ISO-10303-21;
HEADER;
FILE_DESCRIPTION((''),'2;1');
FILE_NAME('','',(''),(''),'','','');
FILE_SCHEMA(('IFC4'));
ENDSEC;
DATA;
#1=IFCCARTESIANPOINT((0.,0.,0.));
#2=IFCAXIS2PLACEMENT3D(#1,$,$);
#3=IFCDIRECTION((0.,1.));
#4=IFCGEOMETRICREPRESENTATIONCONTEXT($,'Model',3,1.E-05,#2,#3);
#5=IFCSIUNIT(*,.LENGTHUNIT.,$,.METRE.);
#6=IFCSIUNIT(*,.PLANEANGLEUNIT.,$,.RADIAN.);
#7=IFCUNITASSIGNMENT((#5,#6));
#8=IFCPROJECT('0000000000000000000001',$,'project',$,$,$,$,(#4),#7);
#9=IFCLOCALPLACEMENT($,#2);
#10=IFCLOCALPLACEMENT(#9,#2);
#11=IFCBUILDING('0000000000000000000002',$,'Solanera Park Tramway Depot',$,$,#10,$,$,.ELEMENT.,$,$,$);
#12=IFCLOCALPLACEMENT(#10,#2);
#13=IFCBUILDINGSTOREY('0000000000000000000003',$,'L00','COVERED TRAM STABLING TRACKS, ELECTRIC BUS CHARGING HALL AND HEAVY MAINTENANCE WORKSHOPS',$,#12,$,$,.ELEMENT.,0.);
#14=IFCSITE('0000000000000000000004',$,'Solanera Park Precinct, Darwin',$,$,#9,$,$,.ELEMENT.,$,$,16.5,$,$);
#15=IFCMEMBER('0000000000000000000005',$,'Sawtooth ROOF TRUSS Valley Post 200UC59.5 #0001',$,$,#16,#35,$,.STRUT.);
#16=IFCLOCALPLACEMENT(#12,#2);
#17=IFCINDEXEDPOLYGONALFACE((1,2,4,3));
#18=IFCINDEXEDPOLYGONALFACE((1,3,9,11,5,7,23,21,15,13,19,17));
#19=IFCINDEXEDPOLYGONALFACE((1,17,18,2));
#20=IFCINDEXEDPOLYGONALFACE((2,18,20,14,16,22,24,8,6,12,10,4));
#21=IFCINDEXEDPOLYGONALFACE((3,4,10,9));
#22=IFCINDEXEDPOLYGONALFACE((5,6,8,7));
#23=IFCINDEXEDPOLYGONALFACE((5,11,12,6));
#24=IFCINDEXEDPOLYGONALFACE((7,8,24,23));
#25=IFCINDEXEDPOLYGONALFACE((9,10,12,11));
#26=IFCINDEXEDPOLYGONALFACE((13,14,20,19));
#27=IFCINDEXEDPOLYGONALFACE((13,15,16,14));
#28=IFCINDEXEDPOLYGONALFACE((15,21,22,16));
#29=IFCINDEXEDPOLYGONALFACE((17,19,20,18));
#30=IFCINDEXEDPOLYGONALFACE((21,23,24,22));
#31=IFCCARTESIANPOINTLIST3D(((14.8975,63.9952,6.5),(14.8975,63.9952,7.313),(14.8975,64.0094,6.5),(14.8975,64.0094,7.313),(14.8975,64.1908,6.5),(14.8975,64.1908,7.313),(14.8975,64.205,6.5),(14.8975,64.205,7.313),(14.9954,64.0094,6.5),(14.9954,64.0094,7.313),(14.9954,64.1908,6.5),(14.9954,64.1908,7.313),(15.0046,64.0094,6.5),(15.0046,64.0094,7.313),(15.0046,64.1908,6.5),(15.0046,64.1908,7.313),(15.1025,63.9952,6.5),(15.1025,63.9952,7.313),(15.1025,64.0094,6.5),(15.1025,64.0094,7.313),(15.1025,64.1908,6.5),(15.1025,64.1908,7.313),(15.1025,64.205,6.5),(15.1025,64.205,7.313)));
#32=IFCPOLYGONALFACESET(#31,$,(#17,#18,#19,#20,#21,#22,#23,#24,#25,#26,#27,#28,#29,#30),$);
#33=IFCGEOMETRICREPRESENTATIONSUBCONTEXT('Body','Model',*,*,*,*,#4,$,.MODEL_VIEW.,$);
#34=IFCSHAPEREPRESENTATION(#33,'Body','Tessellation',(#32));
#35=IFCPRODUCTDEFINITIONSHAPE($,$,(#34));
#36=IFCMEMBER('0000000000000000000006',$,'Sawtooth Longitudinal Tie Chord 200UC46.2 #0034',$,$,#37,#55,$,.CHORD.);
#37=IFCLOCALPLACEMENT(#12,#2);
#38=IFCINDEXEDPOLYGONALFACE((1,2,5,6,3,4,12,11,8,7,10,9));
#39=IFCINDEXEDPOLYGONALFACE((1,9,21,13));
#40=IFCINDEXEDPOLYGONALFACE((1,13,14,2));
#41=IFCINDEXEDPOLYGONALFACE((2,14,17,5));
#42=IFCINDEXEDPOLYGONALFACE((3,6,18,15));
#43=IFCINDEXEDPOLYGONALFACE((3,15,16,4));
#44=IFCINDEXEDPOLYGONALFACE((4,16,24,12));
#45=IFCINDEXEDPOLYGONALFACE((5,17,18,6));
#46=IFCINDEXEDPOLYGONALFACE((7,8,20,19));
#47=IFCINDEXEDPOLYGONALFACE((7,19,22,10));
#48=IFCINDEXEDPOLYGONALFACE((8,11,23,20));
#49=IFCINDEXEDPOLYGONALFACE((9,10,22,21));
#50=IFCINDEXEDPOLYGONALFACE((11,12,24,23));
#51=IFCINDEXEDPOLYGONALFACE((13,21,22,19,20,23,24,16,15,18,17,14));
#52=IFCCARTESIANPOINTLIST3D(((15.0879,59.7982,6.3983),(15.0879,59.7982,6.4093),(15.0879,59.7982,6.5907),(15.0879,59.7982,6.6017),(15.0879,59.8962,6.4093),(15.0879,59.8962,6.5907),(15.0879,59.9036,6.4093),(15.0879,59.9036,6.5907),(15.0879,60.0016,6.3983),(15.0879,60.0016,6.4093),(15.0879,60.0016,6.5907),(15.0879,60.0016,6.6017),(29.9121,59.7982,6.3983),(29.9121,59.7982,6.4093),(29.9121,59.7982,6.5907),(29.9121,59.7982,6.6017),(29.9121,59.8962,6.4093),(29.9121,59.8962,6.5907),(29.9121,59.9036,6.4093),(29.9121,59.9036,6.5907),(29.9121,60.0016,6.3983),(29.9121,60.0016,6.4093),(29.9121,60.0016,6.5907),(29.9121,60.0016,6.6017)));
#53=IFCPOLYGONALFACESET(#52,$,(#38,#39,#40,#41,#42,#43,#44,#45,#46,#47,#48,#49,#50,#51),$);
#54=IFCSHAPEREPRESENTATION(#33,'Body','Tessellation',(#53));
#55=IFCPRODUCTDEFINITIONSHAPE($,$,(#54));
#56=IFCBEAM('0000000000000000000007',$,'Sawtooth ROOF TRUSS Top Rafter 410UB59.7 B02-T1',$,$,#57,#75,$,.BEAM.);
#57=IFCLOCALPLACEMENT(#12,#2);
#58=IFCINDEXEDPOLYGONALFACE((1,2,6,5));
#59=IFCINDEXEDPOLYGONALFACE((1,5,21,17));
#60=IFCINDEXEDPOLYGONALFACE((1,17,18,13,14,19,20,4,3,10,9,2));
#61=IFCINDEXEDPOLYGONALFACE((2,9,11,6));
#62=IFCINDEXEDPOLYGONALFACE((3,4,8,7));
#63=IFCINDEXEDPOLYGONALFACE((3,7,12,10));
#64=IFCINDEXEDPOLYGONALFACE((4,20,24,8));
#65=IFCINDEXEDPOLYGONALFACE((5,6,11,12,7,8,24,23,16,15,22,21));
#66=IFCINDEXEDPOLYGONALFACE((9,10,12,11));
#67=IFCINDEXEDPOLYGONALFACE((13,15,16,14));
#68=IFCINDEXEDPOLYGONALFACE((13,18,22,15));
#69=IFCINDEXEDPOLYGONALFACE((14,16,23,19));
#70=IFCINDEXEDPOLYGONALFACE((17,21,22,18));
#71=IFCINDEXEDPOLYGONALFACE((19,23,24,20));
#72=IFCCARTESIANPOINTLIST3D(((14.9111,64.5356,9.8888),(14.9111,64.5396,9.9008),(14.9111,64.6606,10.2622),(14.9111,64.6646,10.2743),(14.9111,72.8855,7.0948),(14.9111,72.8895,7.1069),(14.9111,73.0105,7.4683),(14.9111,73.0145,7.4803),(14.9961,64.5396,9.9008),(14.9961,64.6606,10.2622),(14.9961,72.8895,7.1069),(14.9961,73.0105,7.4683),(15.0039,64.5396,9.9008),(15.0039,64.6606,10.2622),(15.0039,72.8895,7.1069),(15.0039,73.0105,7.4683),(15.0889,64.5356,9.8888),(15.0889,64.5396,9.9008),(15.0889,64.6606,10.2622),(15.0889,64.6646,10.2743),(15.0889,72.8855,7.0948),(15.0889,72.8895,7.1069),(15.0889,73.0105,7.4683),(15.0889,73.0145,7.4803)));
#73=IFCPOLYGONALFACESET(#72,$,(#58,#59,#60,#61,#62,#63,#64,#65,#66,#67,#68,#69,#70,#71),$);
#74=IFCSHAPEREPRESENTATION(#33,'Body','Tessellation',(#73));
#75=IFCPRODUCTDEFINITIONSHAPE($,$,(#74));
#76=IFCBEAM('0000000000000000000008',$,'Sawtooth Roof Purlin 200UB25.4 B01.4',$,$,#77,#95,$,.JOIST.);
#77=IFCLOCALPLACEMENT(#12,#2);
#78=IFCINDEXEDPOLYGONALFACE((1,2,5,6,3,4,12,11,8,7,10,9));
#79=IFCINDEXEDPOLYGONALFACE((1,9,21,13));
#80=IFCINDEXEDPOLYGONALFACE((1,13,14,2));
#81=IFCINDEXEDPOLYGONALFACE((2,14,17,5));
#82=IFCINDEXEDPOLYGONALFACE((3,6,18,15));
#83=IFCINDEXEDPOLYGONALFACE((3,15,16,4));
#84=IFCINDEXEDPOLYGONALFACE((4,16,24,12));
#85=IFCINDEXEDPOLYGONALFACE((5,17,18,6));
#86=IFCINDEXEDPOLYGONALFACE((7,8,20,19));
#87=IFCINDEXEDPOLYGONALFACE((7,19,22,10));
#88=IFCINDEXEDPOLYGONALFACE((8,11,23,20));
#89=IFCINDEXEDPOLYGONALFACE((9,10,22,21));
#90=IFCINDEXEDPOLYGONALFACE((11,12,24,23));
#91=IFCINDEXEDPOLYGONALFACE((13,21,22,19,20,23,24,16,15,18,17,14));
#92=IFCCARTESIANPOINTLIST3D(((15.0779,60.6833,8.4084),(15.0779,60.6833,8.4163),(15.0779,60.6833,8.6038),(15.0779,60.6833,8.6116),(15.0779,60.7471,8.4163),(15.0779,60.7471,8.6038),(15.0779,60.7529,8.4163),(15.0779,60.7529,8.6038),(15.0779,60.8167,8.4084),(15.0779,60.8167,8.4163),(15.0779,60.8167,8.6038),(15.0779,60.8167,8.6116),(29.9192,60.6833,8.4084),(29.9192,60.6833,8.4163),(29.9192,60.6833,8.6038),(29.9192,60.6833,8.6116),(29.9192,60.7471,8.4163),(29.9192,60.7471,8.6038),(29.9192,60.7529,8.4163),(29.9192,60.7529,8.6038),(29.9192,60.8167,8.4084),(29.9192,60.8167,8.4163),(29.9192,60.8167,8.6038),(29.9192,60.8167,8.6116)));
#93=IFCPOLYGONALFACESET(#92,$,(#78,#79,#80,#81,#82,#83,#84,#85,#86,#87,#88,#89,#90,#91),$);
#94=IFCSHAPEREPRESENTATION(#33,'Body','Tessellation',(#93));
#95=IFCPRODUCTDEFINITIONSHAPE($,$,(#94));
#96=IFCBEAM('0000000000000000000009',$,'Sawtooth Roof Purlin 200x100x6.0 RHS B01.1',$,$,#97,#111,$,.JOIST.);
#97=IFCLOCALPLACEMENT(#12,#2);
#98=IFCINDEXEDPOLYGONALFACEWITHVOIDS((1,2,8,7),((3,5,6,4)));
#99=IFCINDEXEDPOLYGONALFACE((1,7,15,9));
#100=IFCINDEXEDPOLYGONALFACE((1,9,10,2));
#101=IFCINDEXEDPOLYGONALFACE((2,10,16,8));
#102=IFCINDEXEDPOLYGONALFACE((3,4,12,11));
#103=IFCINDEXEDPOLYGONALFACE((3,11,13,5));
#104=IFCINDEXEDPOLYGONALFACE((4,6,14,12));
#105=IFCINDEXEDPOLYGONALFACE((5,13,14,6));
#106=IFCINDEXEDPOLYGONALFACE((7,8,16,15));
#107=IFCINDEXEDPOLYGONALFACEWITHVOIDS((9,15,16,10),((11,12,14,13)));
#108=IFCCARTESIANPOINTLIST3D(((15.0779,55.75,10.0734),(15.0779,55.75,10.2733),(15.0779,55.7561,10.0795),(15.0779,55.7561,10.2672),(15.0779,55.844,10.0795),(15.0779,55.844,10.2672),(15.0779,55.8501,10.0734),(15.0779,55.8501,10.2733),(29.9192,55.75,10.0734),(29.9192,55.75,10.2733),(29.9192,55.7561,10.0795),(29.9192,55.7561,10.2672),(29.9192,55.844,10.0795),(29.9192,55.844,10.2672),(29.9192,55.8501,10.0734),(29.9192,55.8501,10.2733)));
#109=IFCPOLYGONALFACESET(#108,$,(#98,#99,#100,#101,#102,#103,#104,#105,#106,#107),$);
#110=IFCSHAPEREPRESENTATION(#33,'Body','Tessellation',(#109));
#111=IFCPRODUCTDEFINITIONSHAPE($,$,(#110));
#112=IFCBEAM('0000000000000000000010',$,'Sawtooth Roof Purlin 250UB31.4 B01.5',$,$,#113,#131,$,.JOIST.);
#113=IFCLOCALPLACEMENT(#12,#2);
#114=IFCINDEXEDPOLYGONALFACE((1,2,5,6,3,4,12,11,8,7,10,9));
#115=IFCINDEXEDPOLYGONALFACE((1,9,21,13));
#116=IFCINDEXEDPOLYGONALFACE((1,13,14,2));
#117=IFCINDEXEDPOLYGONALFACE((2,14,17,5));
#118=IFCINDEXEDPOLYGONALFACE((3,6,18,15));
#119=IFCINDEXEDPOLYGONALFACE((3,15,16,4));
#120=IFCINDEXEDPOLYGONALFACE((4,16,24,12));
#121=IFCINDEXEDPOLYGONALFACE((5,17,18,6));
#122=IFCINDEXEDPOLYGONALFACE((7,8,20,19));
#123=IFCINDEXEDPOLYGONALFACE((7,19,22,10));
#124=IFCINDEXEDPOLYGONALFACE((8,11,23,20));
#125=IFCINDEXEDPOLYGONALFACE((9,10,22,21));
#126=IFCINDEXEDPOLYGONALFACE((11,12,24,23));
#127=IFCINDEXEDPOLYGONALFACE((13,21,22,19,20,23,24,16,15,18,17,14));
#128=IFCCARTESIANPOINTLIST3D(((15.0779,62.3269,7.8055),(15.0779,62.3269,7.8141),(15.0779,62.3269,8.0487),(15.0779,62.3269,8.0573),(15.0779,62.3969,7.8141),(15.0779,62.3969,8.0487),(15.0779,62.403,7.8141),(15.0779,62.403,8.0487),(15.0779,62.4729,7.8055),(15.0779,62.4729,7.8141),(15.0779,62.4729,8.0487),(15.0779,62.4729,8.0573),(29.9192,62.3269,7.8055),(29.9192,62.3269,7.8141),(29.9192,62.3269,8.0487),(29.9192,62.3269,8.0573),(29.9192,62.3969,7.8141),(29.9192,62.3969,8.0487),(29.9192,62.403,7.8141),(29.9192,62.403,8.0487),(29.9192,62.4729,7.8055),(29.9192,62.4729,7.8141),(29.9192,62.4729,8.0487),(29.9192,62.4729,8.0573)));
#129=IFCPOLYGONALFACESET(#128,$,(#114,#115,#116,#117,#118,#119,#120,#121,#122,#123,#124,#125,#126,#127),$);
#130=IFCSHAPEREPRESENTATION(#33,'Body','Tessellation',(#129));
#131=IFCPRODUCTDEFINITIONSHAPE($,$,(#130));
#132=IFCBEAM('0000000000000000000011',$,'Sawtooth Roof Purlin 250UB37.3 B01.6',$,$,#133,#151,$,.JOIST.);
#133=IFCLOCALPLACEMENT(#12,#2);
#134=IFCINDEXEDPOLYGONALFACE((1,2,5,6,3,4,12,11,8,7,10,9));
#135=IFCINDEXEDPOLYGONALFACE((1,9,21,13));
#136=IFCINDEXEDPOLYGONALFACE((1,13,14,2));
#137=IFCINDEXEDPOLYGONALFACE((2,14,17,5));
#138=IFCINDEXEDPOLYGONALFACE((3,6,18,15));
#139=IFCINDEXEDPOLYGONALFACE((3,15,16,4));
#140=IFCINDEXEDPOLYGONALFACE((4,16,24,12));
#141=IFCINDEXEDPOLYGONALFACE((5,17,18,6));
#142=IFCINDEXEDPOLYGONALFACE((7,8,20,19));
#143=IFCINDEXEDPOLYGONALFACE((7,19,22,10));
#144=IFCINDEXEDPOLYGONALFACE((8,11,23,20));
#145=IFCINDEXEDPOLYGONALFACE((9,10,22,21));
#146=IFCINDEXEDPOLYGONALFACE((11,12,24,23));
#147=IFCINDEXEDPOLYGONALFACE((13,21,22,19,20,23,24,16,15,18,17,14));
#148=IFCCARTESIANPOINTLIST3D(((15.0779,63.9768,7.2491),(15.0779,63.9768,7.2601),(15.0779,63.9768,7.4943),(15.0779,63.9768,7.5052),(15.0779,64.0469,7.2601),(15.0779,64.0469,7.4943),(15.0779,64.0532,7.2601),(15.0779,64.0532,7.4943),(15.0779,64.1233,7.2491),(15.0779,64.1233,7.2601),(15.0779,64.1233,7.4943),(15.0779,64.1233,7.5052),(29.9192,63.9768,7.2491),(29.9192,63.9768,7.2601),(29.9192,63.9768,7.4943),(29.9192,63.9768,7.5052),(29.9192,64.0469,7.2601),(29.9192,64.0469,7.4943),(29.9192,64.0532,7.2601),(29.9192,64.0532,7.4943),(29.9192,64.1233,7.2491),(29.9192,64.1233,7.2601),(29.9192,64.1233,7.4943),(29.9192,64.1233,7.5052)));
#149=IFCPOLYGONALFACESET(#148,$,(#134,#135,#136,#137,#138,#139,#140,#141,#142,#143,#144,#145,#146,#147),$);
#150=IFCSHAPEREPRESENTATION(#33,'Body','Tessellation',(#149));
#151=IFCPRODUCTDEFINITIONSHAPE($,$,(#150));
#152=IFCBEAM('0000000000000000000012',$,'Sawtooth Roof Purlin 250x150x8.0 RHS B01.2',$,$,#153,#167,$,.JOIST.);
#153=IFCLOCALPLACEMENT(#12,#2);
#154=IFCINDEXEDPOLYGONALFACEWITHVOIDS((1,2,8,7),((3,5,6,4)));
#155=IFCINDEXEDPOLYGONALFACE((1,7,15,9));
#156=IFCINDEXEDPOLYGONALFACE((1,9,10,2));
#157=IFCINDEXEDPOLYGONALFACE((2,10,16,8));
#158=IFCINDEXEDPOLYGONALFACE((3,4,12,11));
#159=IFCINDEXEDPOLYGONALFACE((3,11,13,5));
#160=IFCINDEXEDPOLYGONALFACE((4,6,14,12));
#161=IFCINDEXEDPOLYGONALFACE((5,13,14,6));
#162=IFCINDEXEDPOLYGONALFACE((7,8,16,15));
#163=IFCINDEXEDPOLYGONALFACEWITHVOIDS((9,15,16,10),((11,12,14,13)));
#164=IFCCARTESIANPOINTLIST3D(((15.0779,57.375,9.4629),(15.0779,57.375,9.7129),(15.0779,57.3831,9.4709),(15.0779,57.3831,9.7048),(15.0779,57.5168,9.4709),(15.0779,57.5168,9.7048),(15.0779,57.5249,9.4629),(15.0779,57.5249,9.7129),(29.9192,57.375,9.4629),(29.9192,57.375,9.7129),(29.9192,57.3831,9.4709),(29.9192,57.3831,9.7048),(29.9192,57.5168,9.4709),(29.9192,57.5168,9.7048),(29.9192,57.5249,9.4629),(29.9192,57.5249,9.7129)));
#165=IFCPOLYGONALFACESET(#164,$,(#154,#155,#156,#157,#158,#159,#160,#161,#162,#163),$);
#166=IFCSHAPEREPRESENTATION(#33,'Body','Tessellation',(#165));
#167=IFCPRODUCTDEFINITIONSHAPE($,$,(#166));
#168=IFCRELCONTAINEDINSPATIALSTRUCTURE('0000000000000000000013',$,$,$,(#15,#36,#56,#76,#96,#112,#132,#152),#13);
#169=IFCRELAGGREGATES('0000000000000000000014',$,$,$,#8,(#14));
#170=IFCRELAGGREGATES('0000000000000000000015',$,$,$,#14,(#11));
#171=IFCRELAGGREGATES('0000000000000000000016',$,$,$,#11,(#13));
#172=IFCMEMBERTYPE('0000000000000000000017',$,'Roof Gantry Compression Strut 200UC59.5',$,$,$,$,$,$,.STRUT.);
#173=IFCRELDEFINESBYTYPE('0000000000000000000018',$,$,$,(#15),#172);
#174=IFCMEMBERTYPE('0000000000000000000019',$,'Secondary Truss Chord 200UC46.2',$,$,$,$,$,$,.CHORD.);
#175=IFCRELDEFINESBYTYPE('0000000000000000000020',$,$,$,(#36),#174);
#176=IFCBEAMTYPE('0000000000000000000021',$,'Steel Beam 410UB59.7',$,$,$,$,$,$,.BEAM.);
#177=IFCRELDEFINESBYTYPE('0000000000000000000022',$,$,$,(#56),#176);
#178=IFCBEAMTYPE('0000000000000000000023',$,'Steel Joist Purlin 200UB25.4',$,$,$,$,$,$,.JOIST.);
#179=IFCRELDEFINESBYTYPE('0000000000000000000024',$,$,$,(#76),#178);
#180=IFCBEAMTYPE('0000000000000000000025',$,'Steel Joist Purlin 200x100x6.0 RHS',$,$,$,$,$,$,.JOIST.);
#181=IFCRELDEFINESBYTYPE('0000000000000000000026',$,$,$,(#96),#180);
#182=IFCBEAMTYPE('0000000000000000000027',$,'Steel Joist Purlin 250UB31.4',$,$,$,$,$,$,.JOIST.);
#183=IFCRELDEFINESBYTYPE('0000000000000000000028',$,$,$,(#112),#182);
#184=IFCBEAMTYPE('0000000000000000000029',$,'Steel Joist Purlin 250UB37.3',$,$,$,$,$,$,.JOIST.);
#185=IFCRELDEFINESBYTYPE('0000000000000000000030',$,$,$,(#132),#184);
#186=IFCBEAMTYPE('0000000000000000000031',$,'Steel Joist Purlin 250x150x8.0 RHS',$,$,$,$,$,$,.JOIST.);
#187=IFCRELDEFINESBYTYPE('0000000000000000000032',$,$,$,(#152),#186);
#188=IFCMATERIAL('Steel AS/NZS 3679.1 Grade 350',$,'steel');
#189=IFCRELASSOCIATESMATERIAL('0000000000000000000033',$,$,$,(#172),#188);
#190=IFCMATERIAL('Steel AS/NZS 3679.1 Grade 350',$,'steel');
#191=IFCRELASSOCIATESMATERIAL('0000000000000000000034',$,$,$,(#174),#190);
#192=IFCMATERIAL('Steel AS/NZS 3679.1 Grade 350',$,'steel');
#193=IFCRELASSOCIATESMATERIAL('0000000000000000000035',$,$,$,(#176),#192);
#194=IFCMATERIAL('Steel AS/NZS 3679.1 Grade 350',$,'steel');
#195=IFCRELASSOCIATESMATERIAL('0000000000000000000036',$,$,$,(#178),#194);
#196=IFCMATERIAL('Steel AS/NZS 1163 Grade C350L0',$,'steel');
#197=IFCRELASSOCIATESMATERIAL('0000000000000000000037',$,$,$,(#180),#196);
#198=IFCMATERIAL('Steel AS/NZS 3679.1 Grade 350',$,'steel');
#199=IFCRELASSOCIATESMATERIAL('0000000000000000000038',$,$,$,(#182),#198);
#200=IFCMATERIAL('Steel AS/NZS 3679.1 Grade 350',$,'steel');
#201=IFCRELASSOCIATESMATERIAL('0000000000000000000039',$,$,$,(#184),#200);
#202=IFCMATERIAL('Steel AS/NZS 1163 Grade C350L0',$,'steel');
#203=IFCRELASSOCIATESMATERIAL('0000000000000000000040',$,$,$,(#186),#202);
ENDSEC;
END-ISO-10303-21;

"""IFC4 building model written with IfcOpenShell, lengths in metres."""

from ifc_helpers import new_model, si_unit, direction, frame, origin, origin_2d, place, context, subcontext, project, spatial, hollow_rectangle, i_section, extrude, material, material_profile, profile_set, type_object, element, save


model = new_model("IFC4")

# Units and contexts
model_context = context("Model", 3, precision=1e-05, world=origin(), true_north=direction((0.0, 1.0)))
body_context = subcontext(model_context, "Body", "Model", "MODEL_VIEW")
ifc_project = project(units=[si_unit("LENGTHUNIT", "METRE"), si_unit("PLANEANGLEUNIT", "RADIAN")], contexts=[model_context])

# Site, building, storey
site_placement = place(None, origin())
site = spatial("IfcSite", under=ifc_project, at=site_placement, Name="Solanera Park Precinct, Darwin", CompositionType="ELEMENT", RefElevation=16.5)
building_placement = place(site_placement, origin())
building = spatial("IfcBuilding", under=site, at=building_placement, Name="Solanera Park Tramway Depot", CompositionType="ELEMENT")
storey_placement = place(building_placement, origin())
storey = spatial("IfcBuildingStorey", under=building, at=storey_placement, Name="L00", Description="COVERED TRAM STABLING TRACKS, ELECTRIC BUS CHARGING HALL AND HEAVY MAINTENANCE WORKSHOPS", CompositionType="ELEMENT", Elevation=0.0)

# Members
ifc_material_1 = material(Name="Steel AS/NZS 3679.1 Grade 350", Category="steel")
ifc_material_profile_1 = material_profile(ifc_material_1, i_section(OverallWidth=0.2051, OverallDepth=0.2097, WebThickness=0.0093, FlangeThickness=0.0142, at=origin_2d()), Name="200UC59.5")
ifc_profile_set_1 = profile_set([ifc_material_profile_1], Name="Steel AS/NZS 3679.1 Grade 350")
member_type_1 = type_object("IfcMemberType", Name="Roof Gantry Compression Strut 200UC59.5", PredefinedType="STRUT", material=ifc_profile_set_1)
member_1_placement = place(storey_placement, frame((15.0, 64.1001, 6.5), z_axis=(0.0, 0.0, 1.0), x_axis=(1.0, 0.0, 0.0)))
element("IfcMember", 1, at=member_1_placement, inside=storey, type_object=member_type_1, Name="Sawtooth ROOF TRUSS Valley Post 200UC59.5 #0001", PredefinedType="STRUT", context=body_context, shape_type="SweptSolid", body=[
    extrude(i_section(OverallWidth=0.2051, OverallDepth=0.2097, WebThickness=0.0093, FlangeThickness=0.0142, at=origin_2d()), origin(), (0.0, 0.0, 1.0), 0.813),
])
ifc_material_2 = material(Name="Steel AS/NZS 3679.1 Grade 350", Category="steel")
ifc_material_profile_2 = material_profile(ifc_material_2, i_section(OverallWidth=0.2034, OverallDepth=0.2034, WebThickness=0.0073, FlangeThickness=0.011, at=origin_2d()), Name="200UC46.2")
ifc_profile_set_2 = profile_set([ifc_material_profile_2], Name="Steel AS/NZS 3679.1 Grade 350")
member_type_2 = type_object("IfcMemberType", Name="Secondary Truss Chord 200UC46.2", PredefinedType="CHORD", material=ifc_profile_set_2)
member_2_placement = place(storey_placement, frame((15.0879, 59.8999, 6.5), z_axis=(1.0, 0.0, 0.0), x_axis=(0.0, 1.0, 0.0)))
element("IfcMember", 2, at=member_2_placement, inside=storey, type_object=member_type_2, Name="Sawtooth Longitudinal Tie Chord 200UC46.2 #0034", PredefinedType="CHORD", context=body_context, shape_type="SweptSolid", body=[
    extrude(i_section(OverallWidth=0.2034, OverallDepth=0.2034, WebThickness=0.0073, FlangeThickness=0.011, at=origin_2d()), origin(), (0.0, 0.0, 1.0), 14.8242),
])

# Beams
ifc_material_3 = material(Name="Steel AS/NZS 3679.1 Grade 350", Category="steel")
ifc_material_profile_3 = material_profile(ifc_material_3, i_section(OverallWidth=0.1777, OverallDepth=0.4065, WebThickness=0.0078, FlangeThickness=0.0127, at=origin_2d()), Name="410UB59.7")
ifc_profile_set_3 = profile_set([ifc_material_profile_3], Name="Steel AS/NZS 3679.1 Grade 350")
beam_type_1 = type_object("IfcBeamType", Name="Steel Beam 410UB59.7", PredefinedType="BEAM", material=ifc_profile_set_3)
beam_1_placement = place(storey_placement, frame((15.0, 64.6001, 10.0815), z_axis=(0.0, 0.948319, -0.317317), x_axis=(-1.0, 0.0, 0.0)))
element("IfcBeam", 3, at=beam_1_placement, inside=storey, type_object=beam_type_1, Name="Sawtooth ROOF TRUSS Top Rafter 410UB59.7 B02-T1", PredefinedType="BEAM", context=body_context, shape_type="SweptSolid", body=[
    extrude(i_section(OverallWidth=0.1777, OverallDepth=0.4065, WebThickness=0.0078, FlangeThickness=0.0127, at=origin_2d()), origin(), (0.0, 0.0, 1.0), 8.8049),
])
ifc_material_4 = material(Name="Steel AS/NZS 3679.1 Grade 350", Category="steel")
ifc_material_profile_4 = material_profile(ifc_material_4, i_section(OverallWidth=0.1333, OverallDepth=0.2031, WebThickness=0.0059, FlangeThickness=0.0078, at=origin_2d()), Name="200UB25.4")
ifc_profile_set_4 = profile_set([ifc_material_profile_4], Name="Steel AS/NZS 3679.1 Grade 350")
beam_type_2 = type_object("IfcBeamType", Name="Steel Joist Purlin 200UB25.4", PredefinedType="JOIST", material=ifc_profile_set_4)
beam_2_placement = place(storey_placement, frame((15.0779, 60.75, 8.51), z_axis=(1.0, 0.0, 0.0), x_axis=(0.0, 1.0, 0.0)))
element("IfcBeam", 4, at=beam_2_placement, inside=storey, type_object=beam_type_2, Name="Sawtooth Roof Purlin 200UB25.4 B01.4", PredefinedType="JOIST", context=body_context, shape_type="SweptSolid", body=[
    extrude(i_section(OverallWidth=0.1333, OverallDepth=0.2031, WebThickness=0.0059, FlangeThickness=0.0078, at=origin_2d()), origin(), (0.0, 0.0, 1.0), 14.8413),
])
ifc_material_5 = material(Name="Steel AS/NZS 1163 Grade C350L0", Category="steel")
ifc_material_profile_5 = material_profile(ifc_material_5, hollow_rectangle(XDim=0.1001, YDim=0.2, WallThickness=0.0061, at=origin_2d()), Name="200x100x6.0 RHS")
ifc_profile_set_5 = profile_set([ifc_material_profile_5], Name="Steel AS/NZS 1163 Grade C350L0")
beam_type_3 = type_object("IfcBeamType", Name="Steel Joist Purlin 200x100x6.0 RHS", PredefinedType="JOIST", material=ifc_profile_set_5)
beam_3_placement = place(storey_placement, frame((15.0779, 55.8, 10.1733), z_axis=(1.0, 0.0, 0.0), x_axis=(0.0, 1.0, 0.0)))
element("IfcBeam", 5, at=beam_3_placement, inside=storey, type_object=beam_type_3, Name="Sawtooth Roof Purlin 200x100x6.0 RHS B01.1", PredefinedType="JOIST", context=body_context, shape_type="SweptSolid", body=[
    extrude(hollow_rectangle(XDim=0.1001, YDim=0.2, WallThickness=0.0061, at=origin_2d()), origin(), (0.0, 0.0, 1.0), 14.8413),
])
ifc_material_6 = material(Name="Steel AS/NZS 3679.1 Grade 350", Category="steel")
ifc_material_profile_6 = material_profile(ifc_material_6, i_section(OverallWidth=0.146, OverallDepth=0.2517, WebThickness=0.0061, FlangeThickness=0.0085, at=origin_2d()), Name="250UB31.4")
ifc_profile_set_6 = profile_set([ifc_material_profile_6], Name="Steel AS/NZS 3679.1 Grade 350")
beam_type_4 = type_object("IfcBeamType", Name="Steel Joist Purlin 250UB31.4", PredefinedType="JOIST", material=ifc_profile_set_6)
beam_4_placement = place(storey_placement, frame((15.0779, 62.3999, 7.9314), z_axis=(1.0, 0.0, 0.0), x_axis=(0.0, 1.0, 0.0)))
element("IfcBeam", 6, at=beam_4_placement, inside=storey, type_object=beam_type_4, Name="Sawtooth Roof Purlin 250UB31.4 B01.5", PredefinedType="JOIST", context=body_context, shape_type="SweptSolid", body=[
    extrude(i_section(OverallWidth=0.146, OverallDepth=0.2517, WebThickness=0.0061, FlangeThickness=0.0085, at=origin_2d()), origin(), (0.0, 0.0, 1.0), 14.8413),
])
ifc_material_7 = material(Name="Steel AS/NZS 3679.1 Grade 350", Category="steel")
ifc_material_profile_7 = material_profile(ifc_material_7, i_section(OverallWidth=0.1465, OverallDepth=0.2561, WebThickness=0.0063, FlangeThickness=0.011, at=origin_2d()), Name="250UB37.3")
ifc_profile_set_7 = profile_set([ifc_material_profile_7], Name="Steel AS/NZS 3679.1 Grade 350")
beam_type_5 = type_object("IfcBeamType", Name="Steel Joist Purlin 250UB37.3", PredefinedType="JOIST", material=ifc_profile_set_7)
beam_5_placement = place(storey_placement, frame((15.0779, 64.05, 7.3772), z_axis=(1.0, 0.0, 0.0), x_axis=(0.0, 1.0, 0.0)))
element("IfcBeam", 7, at=beam_5_placement, inside=storey, type_object=beam_type_5, Name="Sawtooth Roof Purlin 250UB37.3 B01.6", PredefinedType="JOIST", context=body_context, shape_type="SweptSolid", body=[
    extrude(i_section(OverallWidth=0.1465, OverallDepth=0.2561, WebThickness=0.0063, FlangeThickness=0.011, at=origin_2d()), origin(), (0.0, 0.0, 1.0), 14.8413),
])
ifc_material_8 = material(Name="Steel AS/NZS 1163 Grade C350L0", Category="steel")
ifc_material_profile_8 = material_profile(ifc_material_8, hollow_rectangle(XDim=0.1499, YDim=0.25, WallThickness=0.0081, at=origin_2d()), Name="250x150x8.0 RHS")
ifc_profile_set_8 = profile_set([ifc_material_profile_8], Name="Steel AS/NZS 1163 Grade C350L0")
beam_type_6 = type_object("IfcBeamType", Name="Steel Joist Purlin 250x150x8.0 RHS", PredefinedType="JOIST", material=ifc_profile_set_8)
beam_6_placement = place(storey_placement, frame((15.0779, 57.45, 9.5879), z_axis=(1.0, 0.0, 0.0), x_axis=(0.0, 1.0, 0.0)))
element("IfcBeam", 8, at=beam_6_placement, inside=storey, type_object=beam_type_6, Name="Sawtooth Roof Purlin 250x150x8.0 RHS B01.2", PredefinedType="JOIST", context=body_context, shape_type="SweptSolid", body=[
    extrude(hollow_rectangle(XDim=0.1499, YDim=0.25, WallThickness=0.0081, at=origin_2d()), origin(), (0.0, 0.0, 1.0), 14.8413),
])

save(model, "model.ifc")
